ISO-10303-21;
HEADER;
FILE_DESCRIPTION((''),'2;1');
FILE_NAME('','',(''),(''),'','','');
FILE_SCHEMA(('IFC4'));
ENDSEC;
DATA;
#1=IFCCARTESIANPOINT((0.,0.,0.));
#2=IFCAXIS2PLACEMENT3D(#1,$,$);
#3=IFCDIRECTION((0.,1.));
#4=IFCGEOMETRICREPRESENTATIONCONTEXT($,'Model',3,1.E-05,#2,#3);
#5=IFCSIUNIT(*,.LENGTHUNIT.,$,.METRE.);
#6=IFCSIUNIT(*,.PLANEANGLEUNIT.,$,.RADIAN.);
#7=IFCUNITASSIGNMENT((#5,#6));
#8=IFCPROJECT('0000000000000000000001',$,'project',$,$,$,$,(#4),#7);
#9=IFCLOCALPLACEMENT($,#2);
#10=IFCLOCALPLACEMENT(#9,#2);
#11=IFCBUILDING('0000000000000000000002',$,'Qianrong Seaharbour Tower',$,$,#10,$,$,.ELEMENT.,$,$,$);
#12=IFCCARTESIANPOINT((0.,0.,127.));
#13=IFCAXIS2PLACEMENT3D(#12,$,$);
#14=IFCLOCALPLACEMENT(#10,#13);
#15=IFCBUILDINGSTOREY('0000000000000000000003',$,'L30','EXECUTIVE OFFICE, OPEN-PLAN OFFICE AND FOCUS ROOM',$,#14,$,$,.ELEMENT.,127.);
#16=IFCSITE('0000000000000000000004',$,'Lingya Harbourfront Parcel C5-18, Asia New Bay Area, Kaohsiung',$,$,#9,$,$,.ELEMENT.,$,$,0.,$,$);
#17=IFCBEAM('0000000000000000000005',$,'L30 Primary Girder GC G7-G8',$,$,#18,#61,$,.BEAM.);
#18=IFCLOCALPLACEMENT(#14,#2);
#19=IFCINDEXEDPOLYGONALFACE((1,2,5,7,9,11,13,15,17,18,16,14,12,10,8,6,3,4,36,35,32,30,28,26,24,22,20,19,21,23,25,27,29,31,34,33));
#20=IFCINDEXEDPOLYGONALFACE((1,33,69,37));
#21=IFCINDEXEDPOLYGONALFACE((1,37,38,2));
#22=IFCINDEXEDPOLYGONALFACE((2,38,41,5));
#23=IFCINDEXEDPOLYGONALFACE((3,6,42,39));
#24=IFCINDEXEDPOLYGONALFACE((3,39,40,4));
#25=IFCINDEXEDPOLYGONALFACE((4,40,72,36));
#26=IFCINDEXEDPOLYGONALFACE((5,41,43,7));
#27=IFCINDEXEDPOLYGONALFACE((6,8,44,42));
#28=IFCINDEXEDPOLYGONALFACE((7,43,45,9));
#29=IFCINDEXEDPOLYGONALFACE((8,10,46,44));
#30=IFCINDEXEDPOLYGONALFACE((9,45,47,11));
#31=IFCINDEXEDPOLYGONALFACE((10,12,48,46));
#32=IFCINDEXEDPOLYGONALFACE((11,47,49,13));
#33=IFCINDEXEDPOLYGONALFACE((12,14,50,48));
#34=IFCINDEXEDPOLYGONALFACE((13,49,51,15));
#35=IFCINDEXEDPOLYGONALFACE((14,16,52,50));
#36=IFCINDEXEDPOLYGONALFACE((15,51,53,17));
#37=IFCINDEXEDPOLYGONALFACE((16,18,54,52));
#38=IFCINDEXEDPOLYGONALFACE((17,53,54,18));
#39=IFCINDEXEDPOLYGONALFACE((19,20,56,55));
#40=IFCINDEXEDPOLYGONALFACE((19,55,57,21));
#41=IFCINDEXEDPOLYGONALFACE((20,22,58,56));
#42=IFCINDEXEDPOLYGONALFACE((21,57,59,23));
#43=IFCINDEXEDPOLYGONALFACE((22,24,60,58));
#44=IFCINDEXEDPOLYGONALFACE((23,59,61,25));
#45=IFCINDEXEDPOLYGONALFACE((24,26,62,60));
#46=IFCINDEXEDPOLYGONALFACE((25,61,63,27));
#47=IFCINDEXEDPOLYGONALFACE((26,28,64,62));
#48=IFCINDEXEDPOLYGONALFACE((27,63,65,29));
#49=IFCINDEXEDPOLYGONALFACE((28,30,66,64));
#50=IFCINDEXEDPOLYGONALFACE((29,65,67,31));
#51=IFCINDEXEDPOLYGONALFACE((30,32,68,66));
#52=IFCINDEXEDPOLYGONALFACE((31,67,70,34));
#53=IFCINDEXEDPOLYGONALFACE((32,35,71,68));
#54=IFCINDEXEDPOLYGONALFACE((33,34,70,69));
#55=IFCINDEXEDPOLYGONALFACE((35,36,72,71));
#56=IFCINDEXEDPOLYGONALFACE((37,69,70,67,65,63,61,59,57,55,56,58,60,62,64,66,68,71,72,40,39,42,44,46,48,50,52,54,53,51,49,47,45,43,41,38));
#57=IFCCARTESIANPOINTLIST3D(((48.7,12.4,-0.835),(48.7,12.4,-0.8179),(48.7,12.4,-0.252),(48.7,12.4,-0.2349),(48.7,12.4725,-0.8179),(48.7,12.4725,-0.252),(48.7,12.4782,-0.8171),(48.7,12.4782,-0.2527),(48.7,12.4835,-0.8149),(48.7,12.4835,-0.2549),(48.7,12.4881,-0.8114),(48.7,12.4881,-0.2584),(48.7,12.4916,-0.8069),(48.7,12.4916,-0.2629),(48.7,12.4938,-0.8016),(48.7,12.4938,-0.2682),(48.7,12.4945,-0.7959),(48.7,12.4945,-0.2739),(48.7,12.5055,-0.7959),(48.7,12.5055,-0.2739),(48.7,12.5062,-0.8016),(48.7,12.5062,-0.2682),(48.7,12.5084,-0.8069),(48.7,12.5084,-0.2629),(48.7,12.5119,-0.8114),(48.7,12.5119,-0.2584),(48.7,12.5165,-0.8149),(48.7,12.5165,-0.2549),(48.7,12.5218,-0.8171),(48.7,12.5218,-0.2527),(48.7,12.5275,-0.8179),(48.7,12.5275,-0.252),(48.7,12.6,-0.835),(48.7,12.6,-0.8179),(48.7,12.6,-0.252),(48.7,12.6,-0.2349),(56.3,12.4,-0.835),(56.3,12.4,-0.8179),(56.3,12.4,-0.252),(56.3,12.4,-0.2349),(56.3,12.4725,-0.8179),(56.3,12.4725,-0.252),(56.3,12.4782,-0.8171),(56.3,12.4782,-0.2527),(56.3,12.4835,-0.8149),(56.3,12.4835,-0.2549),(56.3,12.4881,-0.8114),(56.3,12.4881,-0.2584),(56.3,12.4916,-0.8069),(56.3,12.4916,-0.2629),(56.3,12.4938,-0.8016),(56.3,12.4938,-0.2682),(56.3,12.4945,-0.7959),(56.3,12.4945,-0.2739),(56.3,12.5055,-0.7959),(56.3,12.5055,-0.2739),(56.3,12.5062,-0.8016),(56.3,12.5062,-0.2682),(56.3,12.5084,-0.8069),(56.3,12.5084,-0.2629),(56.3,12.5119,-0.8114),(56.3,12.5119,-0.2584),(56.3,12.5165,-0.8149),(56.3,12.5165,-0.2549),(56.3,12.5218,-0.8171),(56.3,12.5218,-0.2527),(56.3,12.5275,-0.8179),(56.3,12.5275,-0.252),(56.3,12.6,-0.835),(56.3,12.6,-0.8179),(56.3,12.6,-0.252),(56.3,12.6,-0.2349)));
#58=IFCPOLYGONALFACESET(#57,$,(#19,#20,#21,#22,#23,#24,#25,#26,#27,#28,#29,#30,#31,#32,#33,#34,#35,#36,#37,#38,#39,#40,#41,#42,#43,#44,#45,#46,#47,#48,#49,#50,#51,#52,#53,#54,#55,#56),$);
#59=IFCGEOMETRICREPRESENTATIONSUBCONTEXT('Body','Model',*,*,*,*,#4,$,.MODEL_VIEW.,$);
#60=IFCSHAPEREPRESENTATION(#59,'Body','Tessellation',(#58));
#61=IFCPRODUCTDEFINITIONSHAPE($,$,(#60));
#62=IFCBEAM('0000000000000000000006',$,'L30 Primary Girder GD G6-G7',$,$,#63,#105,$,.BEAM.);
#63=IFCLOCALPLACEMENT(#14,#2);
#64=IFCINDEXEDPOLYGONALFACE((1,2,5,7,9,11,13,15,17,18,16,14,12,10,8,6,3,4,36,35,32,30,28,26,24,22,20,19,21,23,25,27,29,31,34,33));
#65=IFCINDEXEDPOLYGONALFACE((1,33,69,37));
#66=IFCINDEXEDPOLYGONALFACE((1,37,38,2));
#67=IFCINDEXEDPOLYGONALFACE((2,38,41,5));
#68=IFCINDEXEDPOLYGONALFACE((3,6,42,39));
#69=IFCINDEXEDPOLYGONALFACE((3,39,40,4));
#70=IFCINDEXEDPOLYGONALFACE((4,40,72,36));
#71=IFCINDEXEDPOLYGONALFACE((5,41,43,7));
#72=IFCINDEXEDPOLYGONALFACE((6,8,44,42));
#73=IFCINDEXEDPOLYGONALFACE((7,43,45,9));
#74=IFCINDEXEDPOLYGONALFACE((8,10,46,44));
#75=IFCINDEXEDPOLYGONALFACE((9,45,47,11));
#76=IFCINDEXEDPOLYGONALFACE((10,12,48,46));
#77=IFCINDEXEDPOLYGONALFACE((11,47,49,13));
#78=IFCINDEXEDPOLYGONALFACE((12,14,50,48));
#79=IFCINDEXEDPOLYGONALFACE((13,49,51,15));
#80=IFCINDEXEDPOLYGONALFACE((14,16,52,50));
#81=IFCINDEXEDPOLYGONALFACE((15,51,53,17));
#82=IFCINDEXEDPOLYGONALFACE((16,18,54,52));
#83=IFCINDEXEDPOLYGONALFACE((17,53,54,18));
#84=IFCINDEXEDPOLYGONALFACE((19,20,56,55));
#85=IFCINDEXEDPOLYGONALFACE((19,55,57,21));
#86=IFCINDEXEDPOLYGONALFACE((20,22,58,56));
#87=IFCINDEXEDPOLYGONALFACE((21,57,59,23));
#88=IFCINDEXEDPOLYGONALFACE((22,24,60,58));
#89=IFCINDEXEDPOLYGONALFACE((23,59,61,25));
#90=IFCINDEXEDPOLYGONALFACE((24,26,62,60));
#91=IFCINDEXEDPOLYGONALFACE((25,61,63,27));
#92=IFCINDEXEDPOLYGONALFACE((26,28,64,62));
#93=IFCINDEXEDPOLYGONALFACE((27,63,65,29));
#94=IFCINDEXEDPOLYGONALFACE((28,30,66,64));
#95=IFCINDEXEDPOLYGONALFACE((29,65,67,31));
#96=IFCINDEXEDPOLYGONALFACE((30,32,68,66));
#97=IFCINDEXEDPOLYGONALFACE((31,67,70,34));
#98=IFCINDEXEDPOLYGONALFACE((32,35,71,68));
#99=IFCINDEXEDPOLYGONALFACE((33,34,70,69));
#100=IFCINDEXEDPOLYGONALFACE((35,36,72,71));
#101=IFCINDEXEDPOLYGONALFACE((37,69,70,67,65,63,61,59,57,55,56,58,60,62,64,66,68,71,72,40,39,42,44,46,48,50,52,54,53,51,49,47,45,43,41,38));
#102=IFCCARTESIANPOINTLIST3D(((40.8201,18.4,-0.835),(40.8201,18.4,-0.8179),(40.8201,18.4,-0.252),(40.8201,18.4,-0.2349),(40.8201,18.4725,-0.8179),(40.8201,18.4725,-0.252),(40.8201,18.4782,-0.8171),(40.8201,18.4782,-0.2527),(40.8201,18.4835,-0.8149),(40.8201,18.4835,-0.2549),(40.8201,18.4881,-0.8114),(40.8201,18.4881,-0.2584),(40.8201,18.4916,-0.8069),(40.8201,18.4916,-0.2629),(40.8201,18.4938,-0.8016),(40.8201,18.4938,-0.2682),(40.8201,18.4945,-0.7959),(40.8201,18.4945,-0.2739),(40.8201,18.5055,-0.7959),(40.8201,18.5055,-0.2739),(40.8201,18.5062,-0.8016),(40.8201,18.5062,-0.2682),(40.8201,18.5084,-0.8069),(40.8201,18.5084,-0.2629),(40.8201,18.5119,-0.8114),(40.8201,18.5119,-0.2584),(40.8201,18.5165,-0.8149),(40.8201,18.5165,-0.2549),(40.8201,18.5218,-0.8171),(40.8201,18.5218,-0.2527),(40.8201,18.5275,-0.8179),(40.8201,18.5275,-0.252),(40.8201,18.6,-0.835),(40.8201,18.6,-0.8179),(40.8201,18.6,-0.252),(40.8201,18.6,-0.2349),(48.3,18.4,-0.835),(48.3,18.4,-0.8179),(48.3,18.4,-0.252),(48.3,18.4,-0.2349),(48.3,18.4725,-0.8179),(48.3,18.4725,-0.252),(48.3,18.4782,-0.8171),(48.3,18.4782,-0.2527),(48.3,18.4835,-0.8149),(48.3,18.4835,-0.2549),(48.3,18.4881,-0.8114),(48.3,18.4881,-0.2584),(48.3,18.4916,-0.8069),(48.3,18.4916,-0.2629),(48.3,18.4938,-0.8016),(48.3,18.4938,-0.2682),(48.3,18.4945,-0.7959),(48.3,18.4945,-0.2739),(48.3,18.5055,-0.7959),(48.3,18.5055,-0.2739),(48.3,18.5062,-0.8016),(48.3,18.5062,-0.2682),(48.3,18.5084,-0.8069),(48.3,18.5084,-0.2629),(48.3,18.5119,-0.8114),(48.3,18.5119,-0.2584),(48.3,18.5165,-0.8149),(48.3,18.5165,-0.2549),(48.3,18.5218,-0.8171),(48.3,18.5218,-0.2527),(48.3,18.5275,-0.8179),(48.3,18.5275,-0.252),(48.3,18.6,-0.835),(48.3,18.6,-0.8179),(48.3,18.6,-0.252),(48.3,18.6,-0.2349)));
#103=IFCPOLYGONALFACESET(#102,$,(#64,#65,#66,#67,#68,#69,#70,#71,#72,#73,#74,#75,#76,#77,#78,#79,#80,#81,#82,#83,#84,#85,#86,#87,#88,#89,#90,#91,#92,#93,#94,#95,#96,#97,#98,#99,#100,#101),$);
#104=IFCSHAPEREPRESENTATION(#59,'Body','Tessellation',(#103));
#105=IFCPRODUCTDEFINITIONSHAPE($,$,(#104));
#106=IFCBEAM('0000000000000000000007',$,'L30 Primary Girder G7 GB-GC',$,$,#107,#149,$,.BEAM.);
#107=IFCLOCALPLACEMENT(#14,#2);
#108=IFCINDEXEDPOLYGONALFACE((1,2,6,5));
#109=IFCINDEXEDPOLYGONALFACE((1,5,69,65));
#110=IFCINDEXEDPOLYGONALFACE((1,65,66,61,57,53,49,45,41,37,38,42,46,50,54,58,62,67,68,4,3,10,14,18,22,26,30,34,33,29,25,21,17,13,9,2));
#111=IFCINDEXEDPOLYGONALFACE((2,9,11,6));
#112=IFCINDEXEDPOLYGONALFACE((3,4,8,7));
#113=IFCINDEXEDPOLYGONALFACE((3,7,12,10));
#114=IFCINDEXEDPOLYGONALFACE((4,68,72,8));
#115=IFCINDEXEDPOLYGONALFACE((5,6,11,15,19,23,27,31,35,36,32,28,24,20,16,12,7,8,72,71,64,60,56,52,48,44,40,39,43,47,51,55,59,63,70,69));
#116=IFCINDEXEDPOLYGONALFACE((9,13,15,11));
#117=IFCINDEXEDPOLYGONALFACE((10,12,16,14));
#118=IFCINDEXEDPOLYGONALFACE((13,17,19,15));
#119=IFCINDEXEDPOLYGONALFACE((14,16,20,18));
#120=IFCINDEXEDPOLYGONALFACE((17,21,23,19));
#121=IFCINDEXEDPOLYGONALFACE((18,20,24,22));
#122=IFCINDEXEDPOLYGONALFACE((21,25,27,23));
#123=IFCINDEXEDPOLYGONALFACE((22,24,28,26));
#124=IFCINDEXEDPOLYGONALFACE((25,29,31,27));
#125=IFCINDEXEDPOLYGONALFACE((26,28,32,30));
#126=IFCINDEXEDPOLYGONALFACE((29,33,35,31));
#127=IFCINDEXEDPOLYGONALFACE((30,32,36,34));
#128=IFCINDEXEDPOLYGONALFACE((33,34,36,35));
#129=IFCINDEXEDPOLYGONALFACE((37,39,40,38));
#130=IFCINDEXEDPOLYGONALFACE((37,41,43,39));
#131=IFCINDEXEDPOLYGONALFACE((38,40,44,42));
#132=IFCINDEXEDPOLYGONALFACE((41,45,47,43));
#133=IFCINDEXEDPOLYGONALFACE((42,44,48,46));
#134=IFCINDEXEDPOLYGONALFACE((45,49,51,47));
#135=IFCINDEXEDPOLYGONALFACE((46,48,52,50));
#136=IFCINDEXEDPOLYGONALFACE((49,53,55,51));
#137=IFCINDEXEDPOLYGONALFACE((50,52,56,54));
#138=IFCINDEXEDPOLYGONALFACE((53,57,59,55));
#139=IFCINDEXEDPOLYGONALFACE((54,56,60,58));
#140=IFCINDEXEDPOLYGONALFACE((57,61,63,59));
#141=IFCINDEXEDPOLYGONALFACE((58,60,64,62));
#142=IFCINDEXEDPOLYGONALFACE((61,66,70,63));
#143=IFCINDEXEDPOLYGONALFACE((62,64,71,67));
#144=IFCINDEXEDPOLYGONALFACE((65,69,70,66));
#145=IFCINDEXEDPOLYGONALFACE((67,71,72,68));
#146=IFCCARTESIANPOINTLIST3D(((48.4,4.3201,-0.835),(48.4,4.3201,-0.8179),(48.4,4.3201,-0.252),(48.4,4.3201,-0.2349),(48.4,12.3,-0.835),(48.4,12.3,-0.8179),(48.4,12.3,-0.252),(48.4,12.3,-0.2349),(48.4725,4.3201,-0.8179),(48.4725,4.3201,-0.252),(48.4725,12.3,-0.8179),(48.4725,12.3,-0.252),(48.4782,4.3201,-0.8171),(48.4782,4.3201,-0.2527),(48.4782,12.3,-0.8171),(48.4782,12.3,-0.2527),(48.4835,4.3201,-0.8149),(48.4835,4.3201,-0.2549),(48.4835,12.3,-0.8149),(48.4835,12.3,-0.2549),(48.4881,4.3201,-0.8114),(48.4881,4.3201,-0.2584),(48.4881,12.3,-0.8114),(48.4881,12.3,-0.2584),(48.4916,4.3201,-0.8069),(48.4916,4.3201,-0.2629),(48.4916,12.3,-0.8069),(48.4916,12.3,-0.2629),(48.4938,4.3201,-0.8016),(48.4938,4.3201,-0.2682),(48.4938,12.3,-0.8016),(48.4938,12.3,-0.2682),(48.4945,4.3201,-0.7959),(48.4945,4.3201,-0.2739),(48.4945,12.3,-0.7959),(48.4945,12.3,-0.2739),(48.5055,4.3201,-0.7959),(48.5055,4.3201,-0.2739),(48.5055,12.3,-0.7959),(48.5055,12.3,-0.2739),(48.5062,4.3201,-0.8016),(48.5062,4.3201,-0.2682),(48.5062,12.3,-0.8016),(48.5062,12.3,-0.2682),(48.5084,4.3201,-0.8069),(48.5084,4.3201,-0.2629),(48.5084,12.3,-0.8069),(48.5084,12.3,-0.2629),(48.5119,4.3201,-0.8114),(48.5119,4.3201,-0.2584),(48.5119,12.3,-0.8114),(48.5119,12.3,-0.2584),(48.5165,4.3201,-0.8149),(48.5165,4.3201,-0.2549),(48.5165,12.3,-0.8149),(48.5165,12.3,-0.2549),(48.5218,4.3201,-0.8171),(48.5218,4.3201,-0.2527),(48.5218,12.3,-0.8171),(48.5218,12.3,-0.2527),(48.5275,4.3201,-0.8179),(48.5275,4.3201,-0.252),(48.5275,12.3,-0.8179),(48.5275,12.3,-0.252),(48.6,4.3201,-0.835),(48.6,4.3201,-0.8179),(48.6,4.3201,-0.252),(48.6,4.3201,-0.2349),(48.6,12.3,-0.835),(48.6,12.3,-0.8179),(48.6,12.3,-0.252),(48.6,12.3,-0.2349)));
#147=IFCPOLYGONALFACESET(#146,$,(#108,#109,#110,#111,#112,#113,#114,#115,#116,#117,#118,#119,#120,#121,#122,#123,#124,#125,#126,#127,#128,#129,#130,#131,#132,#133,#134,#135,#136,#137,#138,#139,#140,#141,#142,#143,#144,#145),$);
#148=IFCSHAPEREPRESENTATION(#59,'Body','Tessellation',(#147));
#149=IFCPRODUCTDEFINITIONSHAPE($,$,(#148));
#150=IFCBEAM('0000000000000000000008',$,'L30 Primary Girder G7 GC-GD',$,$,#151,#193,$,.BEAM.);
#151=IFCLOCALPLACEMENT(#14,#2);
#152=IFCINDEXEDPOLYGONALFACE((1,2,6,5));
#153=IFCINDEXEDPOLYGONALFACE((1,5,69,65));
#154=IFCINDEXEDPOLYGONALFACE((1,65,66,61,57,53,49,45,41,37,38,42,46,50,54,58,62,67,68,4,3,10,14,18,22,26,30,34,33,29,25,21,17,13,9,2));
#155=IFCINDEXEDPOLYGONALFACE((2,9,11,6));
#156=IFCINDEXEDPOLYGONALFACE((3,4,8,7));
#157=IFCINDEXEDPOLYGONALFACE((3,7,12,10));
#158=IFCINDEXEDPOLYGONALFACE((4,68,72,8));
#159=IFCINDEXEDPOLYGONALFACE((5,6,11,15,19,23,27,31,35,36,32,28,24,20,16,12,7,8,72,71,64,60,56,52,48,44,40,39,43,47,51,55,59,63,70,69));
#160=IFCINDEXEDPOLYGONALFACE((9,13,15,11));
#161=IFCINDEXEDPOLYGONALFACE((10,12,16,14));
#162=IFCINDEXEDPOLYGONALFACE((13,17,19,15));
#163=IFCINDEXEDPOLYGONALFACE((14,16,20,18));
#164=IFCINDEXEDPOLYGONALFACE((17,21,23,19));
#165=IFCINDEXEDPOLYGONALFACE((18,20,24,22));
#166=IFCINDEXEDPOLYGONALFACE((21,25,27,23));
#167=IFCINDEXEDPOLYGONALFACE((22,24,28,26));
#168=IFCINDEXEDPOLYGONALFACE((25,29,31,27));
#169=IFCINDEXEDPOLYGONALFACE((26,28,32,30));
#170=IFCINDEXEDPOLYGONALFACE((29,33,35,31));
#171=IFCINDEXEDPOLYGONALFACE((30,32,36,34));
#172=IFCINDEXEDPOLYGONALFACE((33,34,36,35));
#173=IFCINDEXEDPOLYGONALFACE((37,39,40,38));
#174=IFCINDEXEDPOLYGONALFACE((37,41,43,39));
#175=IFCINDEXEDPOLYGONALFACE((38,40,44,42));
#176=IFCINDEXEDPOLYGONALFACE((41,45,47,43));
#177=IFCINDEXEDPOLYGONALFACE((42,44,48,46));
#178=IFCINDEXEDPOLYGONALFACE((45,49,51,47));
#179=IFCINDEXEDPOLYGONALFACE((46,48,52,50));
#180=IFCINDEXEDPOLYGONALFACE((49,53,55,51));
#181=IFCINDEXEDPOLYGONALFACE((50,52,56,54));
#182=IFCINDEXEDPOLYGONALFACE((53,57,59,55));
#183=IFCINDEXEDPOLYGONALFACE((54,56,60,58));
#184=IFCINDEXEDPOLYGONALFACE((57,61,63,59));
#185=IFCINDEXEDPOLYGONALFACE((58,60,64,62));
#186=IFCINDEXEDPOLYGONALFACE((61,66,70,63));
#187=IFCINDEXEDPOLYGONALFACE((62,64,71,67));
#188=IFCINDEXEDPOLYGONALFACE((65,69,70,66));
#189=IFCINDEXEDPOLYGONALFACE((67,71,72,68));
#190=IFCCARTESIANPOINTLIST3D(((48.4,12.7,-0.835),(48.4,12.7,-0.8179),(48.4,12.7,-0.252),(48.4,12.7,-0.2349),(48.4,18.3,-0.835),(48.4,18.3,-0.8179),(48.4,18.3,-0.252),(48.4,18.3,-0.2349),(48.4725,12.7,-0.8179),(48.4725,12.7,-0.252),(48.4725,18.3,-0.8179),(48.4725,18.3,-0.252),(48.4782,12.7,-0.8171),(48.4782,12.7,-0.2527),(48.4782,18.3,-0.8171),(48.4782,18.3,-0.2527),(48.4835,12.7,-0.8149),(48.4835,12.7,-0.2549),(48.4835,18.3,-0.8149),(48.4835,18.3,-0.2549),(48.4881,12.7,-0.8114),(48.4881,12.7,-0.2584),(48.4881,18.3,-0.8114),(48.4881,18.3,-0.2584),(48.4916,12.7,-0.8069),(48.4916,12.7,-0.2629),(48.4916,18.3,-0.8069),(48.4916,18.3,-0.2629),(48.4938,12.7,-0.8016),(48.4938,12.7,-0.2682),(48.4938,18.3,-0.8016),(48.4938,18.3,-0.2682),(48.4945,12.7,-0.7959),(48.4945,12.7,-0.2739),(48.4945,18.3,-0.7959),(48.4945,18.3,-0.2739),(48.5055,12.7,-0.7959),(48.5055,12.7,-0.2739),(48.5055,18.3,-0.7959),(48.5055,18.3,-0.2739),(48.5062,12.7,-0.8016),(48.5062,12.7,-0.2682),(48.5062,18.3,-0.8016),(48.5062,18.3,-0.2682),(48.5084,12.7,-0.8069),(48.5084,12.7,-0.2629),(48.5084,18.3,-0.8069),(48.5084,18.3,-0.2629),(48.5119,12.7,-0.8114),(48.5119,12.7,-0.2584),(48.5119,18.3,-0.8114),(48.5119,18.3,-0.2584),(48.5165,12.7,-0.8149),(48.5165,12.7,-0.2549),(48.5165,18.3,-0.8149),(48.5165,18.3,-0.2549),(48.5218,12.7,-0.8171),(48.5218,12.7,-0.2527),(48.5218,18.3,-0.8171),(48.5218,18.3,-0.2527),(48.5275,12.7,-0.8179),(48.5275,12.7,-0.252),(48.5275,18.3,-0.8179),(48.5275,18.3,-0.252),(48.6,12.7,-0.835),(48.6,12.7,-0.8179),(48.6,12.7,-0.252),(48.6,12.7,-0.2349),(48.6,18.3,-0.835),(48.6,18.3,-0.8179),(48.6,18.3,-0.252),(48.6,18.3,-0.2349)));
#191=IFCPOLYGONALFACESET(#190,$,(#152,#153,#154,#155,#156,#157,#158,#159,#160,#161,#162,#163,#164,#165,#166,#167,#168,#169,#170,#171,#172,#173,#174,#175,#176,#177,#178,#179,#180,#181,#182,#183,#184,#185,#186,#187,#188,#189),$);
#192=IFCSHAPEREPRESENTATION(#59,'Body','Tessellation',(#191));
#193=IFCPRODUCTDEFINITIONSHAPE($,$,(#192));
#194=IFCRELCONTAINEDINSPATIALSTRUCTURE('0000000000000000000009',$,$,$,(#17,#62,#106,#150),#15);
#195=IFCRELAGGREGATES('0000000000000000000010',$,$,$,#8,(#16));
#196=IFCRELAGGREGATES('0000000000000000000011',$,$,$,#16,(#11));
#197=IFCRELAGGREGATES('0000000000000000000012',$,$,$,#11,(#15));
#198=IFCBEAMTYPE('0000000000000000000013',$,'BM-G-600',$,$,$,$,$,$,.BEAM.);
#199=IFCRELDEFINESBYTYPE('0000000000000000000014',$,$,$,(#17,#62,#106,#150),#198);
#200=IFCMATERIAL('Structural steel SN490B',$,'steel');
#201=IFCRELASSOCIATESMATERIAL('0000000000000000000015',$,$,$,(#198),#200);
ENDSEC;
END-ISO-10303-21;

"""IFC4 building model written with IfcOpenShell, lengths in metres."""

from ifc_helpers import new_model, si_unit, direction, frame, origin, origin_2d, place, context, subcontext, project, spatial, i_section, extrude, material, material_profile, profile_set, type_object, element, save


model = new_model("IFC4")

# Units and contexts
model_context = context("Model", 3, precision=1e-05, world=origin(), true_north=direction((0.0, 1.0)))
body_context = subcontext(model_context, "Body", "Model", "MODEL_VIEW")
ifc_project = project(units=[si_unit("LENGTHUNIT", "METRE"), si_unit("PLANEANGLEUNIT", "RADIAN")], contexts=[model_context])

# Site, building, storey
site_placement = place(None, origin())
site = spatial("IfcSite", under=ifc_project, at=site_placement, Name="Lingya Harbourfront Parcel C5-18, Asia New Bay Area, Kaohsiung", CompositionType="ELEMENT", RefElevation=0.0)
building_placement = place(site_placement, origin())
building = spatial("IfcBuilding", under=site, at=building_placement, Name="Qianrong Seaharbour Tower", CompositionType="ELEMENT")
storey_placement = place(building_placement, frame((0.0, 0.0, 127.0)))
storey = spatial("IfcBuildingStorey", under=building, at=storey_placement, Name="L30", Description="EXECUTIVE OFFICE, OPEN-PLAN OFFICE AND FOCUS ROOM", CompositionType="ELEMENT", Elevation=127.0)

# Shared definitions
ifc_material_1 = material(Name="Structural steel SN490B", Category="steel")

# Beams
ifc_material_profile_1 = material_profile(ifc_material_1, i_section(OverallWidth=0.2, OverallDepth=0.6001, WebThickness=0.011, FlangeThickness=0.0171, FilletRadius=0.022, at=origin_2d()), Name="H600x200x11x17")
ifc_profile_set_1 = profile_set([ifc_material_profile_1], Name="Structural steel SN490B")
beam_type_1 = type_object("IfcBeamType", Name="BM-G-600", PredefinedType="BEAM", material=ifc_profile_set_1)
beam_1_placement = place(storey_placement, frame((48.7, 12.5, -0.5349), z_axis=(1.0, 0.0, 0.0), x_axis=(0.0, 1.0, 0.0)))
element("IfcBeam", 1, at=beam_1_placement, inside=storey, type_object=beam_type_1, Name="L30 Primary Girder GC G7-G8", PredefinedType="BEAM", context=body_context, shape_type="SweptSolid", body=[
    extrude(i_section(OverallWidth=0.2, OverallDepth=0.6001, WebThickness=0.011, FlangeThickness=0.0171, FilletRadius=0.022, at=origin_2d()), origin(), (0.0, 0.0, 1.0), 7.6001),
])
beam_2_placement = place(storey_placement, frame((40.8201, 18.5, -0.5349), z_axis=(1.0, 0.0, 0.0), x_axis=(0.0, 1.0, 0.0)))
element("IfcBeam", 2, at=beam_2_placement, inside=storey, type_object=beam_type_1, Name="L30 Primary Girder GD G6-G7", PredefinedType="BEAM", context=body_context, shape_type="SweptSolid", body=[
    extrude(i_section(OverallWidth=0.2, OverallDepth=0.6001, WebThickness=0.011, FlangeThickness=0.0171, FilletRadius=0.022, at=origin_2d()), origin(), (0.0, 0.0, 1.0), 7.48),
])
beam_3_placement = place(storey_placement, frame((48.5, 4.3201, -0.5349), z_axis=(0.0, 1.0, 0.0), x_axis=(-1.0, 0.0, 0.0)))
element("IfcBeam", 3, at=beam_3_placement, inside=storey, type_object=beam_type_1, Name="L30 Primary Girder G7 GB-GC", PredefinedType="BEAM", context=body_context, shape_type="SweptSolid", body=[
    extrude(i_section(OverallWidth=0.2, OverallDepth=0.6001, WebThickness=0.011, FlangeThickness=0.0171, FilletRadius=0.022, at=origin_2d()), origin(), (0.0, 0.0, 1.0), 7.98),
])
beam_4_placement = place(storey_placement, frame((48.5, 12.7, -0.5349), z_axis=(0.0, 1.0, 0.0), x_axis=(-1.0, 0.0, 0.0)))
element("IfcBeam", 4, at=beam_4_placement, inside=storey, type_object=beam_type_1, Name="L30 Primary Girder G7 GC-GD", PredefinedType="BEAM", context=body_context, shape_type="SweptSolid", body=[
    extrude(i_section(OverallWidth=0.2, OverallDepth=0.6001, WebThickness=0.011, FlangeThickness=0.0171, FilletRadius=0.022, at=origin_2d()), origin(), (0.0, 0.0, 1.0), 5.6001),
])

save(model, "model.ifc")
